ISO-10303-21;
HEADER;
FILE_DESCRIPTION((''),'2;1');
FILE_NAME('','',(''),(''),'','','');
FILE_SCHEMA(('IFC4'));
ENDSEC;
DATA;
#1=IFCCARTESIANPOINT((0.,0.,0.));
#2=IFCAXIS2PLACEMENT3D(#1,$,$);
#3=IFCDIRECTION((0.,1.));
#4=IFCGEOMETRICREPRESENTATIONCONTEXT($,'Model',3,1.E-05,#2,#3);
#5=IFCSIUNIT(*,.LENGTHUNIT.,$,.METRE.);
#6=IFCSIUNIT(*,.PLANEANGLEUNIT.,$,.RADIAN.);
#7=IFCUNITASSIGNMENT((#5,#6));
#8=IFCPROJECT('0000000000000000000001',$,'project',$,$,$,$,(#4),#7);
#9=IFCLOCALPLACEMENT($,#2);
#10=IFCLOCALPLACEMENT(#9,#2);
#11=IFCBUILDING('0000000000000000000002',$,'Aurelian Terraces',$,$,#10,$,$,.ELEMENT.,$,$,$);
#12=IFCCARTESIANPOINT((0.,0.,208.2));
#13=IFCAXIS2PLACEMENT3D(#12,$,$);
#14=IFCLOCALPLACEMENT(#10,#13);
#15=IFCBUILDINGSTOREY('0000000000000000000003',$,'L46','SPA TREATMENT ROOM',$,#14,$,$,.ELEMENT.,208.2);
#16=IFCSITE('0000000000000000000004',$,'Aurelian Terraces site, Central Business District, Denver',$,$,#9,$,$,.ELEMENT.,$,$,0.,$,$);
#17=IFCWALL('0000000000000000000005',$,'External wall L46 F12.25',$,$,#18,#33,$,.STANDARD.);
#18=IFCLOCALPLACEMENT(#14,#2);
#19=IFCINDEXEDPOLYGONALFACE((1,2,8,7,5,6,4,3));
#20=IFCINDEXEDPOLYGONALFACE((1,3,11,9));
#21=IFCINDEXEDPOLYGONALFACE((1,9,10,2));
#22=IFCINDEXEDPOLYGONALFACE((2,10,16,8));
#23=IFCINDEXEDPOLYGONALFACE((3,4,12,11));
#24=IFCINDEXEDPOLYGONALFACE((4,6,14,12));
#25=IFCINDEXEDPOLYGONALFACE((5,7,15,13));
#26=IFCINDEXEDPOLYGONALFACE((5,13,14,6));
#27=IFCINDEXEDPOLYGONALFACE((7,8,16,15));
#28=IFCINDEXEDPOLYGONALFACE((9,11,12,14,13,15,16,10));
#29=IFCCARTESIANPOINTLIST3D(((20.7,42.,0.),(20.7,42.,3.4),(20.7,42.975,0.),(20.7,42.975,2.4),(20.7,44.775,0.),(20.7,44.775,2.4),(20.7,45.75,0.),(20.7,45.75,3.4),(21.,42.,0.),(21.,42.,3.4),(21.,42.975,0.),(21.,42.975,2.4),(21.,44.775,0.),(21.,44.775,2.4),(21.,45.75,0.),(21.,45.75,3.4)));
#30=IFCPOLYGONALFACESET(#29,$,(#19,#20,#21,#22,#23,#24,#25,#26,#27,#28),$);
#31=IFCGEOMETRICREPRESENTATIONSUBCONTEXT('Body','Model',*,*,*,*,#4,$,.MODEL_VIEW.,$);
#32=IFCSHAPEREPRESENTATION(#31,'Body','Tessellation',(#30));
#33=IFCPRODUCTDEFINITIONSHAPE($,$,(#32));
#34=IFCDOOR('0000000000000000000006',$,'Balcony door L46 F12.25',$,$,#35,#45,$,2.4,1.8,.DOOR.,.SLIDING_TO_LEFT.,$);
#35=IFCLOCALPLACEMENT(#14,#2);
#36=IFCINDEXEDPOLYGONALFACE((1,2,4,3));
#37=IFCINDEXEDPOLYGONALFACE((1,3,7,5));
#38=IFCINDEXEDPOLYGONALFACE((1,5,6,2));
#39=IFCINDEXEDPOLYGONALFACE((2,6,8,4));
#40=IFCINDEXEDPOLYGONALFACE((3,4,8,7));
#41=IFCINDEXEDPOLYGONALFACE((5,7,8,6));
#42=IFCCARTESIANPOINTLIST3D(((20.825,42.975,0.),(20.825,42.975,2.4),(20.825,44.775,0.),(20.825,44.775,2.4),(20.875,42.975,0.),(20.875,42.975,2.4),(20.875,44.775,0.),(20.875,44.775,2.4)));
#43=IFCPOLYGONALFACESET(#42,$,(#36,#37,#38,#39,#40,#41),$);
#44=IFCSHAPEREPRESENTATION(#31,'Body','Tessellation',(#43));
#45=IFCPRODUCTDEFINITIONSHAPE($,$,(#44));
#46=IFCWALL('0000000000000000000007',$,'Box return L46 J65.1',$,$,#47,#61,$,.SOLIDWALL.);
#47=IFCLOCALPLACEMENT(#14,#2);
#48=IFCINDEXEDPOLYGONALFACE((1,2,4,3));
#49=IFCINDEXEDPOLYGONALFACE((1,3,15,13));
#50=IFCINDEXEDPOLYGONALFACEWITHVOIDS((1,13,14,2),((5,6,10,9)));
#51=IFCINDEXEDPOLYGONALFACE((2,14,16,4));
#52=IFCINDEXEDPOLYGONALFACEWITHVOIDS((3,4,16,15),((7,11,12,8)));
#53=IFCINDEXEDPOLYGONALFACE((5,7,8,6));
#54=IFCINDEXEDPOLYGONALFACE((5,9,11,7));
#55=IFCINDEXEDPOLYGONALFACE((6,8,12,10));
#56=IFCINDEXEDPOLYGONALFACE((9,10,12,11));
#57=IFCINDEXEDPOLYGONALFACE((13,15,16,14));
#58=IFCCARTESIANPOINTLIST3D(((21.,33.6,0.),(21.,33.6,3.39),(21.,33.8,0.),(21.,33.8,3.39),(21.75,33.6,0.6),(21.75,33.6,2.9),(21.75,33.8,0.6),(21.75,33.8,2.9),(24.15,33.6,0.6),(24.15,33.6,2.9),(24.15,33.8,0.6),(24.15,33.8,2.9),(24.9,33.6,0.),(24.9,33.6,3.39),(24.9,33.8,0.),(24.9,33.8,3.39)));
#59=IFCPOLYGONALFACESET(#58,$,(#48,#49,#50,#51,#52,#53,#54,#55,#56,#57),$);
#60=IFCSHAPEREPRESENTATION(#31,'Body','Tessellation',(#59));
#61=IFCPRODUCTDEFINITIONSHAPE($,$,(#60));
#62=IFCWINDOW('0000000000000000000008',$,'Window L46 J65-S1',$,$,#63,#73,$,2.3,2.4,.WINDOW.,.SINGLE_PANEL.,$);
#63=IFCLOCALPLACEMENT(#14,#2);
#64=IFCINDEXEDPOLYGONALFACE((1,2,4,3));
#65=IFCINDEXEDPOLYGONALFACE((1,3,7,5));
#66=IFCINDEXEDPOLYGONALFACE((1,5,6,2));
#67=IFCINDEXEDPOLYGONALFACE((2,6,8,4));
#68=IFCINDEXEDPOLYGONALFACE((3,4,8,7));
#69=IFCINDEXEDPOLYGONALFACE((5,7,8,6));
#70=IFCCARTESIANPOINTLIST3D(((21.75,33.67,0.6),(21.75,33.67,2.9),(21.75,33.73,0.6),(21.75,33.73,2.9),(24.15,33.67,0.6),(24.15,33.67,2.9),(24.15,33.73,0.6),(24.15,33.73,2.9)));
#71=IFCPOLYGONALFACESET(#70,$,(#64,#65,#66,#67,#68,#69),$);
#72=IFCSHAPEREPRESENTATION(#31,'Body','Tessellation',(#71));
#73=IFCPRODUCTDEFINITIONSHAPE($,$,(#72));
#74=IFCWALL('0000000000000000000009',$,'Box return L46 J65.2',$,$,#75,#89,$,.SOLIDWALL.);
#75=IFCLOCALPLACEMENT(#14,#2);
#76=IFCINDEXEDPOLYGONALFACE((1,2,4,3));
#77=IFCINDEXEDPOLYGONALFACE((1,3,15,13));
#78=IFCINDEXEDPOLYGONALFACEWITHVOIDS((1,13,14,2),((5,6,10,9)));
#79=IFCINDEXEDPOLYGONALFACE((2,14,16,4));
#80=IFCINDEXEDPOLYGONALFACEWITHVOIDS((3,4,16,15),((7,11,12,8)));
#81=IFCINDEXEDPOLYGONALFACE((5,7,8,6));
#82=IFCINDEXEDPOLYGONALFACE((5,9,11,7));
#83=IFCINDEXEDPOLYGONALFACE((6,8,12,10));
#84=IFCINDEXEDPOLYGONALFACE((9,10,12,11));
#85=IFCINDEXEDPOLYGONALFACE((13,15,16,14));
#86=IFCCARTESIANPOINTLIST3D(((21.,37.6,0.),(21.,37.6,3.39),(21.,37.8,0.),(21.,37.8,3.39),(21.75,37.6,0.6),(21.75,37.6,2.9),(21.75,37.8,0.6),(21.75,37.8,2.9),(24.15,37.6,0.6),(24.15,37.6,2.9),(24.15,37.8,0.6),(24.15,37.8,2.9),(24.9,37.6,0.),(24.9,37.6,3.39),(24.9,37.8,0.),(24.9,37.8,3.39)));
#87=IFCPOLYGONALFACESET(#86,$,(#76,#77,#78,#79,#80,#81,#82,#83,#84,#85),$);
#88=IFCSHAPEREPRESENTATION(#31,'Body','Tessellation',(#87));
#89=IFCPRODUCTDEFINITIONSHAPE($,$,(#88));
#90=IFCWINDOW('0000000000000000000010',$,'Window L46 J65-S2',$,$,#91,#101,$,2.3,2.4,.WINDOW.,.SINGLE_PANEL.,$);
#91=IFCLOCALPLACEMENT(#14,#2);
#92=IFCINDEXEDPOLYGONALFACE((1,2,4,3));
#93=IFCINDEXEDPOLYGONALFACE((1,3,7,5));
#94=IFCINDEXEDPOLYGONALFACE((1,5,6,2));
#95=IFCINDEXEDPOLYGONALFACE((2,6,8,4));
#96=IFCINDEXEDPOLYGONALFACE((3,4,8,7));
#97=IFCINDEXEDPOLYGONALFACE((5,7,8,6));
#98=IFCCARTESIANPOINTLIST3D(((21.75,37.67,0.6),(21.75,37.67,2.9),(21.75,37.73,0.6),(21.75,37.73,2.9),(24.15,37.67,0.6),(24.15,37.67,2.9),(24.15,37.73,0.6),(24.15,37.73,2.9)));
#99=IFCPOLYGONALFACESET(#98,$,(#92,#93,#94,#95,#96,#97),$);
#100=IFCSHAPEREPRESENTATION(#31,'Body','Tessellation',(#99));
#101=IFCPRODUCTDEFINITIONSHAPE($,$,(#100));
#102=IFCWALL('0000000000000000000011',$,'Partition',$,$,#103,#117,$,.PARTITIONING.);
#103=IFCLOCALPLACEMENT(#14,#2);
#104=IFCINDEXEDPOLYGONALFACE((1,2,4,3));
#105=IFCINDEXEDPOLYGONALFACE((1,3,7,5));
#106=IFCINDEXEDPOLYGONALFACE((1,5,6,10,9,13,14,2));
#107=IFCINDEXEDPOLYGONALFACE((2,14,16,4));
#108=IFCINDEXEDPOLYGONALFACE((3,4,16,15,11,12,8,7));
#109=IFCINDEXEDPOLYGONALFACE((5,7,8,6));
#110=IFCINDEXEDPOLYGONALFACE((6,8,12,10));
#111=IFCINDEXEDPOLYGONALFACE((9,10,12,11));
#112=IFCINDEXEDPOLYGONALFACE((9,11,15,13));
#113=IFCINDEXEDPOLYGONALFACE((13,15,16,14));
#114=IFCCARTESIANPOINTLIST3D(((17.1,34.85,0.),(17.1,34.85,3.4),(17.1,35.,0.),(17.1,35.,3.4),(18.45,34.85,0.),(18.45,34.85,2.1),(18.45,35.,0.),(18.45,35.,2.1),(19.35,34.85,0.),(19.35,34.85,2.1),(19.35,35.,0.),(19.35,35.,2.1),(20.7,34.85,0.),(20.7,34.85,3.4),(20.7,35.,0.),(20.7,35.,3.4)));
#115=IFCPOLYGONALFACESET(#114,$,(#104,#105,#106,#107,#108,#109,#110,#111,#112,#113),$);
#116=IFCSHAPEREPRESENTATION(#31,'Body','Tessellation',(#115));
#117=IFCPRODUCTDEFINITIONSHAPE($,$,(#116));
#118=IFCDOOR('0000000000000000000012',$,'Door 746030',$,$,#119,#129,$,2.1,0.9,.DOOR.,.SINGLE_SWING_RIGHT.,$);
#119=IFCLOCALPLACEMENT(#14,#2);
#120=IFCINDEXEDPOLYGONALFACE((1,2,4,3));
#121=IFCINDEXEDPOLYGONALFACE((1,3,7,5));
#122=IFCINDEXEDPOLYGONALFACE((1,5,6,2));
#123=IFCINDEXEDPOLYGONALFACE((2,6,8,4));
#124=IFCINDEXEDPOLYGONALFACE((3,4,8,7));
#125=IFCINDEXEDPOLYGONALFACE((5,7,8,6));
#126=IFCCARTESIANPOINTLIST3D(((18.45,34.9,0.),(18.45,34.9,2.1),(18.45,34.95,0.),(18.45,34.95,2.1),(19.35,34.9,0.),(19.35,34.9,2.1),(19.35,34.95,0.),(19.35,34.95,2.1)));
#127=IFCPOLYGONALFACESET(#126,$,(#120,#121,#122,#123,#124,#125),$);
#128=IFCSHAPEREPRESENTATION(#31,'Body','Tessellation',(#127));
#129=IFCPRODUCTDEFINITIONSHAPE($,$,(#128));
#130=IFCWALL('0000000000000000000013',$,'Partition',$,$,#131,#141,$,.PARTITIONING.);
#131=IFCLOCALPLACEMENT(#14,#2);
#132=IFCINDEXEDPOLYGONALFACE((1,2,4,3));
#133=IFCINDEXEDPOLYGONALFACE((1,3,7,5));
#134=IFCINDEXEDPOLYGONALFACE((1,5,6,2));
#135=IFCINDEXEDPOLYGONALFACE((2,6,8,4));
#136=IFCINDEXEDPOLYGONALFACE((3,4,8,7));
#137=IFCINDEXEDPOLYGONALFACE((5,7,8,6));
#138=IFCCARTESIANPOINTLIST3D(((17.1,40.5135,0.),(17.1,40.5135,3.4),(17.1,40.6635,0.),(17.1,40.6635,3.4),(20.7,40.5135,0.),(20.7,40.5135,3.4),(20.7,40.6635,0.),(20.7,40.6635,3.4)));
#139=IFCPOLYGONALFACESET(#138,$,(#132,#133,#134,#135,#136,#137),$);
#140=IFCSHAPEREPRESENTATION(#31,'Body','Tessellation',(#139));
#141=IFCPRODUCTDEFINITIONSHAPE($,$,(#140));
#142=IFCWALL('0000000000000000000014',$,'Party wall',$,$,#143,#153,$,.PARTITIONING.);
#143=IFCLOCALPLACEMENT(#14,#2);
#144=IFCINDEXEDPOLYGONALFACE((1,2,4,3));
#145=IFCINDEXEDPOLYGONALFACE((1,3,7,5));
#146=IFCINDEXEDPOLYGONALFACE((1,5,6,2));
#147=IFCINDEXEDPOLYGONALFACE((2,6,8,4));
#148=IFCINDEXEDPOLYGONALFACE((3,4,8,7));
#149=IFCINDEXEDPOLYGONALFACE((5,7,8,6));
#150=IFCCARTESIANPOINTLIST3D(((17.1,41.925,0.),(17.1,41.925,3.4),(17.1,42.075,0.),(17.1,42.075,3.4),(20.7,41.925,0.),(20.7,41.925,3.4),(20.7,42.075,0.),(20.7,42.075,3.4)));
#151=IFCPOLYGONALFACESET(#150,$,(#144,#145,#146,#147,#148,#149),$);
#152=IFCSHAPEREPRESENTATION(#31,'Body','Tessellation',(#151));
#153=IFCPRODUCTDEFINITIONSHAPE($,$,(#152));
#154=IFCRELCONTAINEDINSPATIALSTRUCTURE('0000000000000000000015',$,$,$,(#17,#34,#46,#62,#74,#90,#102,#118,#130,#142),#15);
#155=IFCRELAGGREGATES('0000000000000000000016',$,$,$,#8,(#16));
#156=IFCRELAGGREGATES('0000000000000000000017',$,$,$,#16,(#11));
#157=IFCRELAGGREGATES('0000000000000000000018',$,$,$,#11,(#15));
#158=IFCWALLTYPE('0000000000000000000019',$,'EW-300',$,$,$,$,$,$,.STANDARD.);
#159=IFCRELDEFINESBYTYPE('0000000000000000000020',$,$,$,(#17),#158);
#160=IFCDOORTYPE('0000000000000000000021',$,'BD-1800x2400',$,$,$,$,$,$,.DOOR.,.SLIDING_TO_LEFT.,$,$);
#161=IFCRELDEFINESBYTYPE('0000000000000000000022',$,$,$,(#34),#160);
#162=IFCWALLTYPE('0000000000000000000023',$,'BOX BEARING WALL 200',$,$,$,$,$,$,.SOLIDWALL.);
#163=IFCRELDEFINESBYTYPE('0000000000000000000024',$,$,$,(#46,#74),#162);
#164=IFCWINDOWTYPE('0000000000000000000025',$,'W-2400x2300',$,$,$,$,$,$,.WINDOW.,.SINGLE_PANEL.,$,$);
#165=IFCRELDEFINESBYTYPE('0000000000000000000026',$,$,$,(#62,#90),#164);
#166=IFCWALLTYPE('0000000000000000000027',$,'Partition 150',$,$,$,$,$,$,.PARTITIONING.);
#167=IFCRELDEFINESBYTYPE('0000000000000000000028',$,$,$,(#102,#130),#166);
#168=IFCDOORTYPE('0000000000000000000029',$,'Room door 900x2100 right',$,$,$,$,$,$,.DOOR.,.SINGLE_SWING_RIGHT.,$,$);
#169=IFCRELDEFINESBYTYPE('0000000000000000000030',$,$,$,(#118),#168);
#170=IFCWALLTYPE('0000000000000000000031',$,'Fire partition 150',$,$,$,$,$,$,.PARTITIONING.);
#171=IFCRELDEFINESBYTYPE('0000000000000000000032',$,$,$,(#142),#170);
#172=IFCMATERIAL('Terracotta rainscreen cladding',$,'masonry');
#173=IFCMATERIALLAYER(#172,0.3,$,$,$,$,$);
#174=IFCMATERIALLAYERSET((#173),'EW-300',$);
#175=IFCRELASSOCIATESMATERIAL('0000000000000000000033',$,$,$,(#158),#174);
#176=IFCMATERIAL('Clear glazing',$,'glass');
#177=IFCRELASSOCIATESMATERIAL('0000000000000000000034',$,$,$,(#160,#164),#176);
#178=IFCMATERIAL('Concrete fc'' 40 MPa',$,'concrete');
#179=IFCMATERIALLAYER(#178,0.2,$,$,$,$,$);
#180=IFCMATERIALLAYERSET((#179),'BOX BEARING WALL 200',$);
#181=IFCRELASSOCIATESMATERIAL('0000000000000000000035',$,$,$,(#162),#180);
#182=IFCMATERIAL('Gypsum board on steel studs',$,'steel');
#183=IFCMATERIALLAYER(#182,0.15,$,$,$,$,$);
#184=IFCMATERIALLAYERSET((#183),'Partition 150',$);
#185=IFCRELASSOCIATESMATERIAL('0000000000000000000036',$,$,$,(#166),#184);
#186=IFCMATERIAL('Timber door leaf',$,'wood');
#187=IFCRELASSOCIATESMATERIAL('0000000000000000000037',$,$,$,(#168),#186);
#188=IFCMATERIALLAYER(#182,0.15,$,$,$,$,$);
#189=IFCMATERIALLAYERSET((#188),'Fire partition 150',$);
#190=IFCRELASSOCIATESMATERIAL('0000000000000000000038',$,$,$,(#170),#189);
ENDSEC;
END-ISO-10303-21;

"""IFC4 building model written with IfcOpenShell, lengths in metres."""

from ifc_helpers import new_model, si_unit, direction, frame, frame_2d, origin, place, context, subcontext, project, spatial, rectangle, extrude, source, transform, mapped, material, layer, layer_set, type_object, element, fill, save


model = new_model("IFC4")

# Units and contexts
model_context = context("Model", 3, precision=1e-05, world=origin(), true_north=direction((0.0, 1.0)))
body_context = subcontext(model_context, "Body", "Model", "MODEL_VIEW")
ifc_project = project(units=[si_unit("LENGTHUNIT", "METRE"), si_unit("PLANEANGLEUNIT", "RADIAN")], contexts=[model_context])

# Site, building, storey
site_placement = place(None, origin())
site = spatial("IfcSite", under=ifc_project, at=site_placement, Name="Aurelian Terraces site, Central Business District, Denver", CompositionType="ELEMENT", RefElevation=0.0)
building_placement = place(site_placement, origin())
building = spatial("IfcBuilding", under=site, at=building_placement, Name="Aurelian Terraces", CompositionType="ELEMENT")
storey_placement = place(building_placement, frame((0.0, 0.0, 208.2)))
storey = spatial("IfcBuildingStorey", under=building, at=storey_placement, Name="L46", Description="SPA TREATMENT ROOM", CompositionType="ELEMENT", Elevation=208.2)

# Shared definitions
ifc_material_1 = material(Name="Terracotta rainscreen cladding", Category="masonry")
ifc_layer_1 = layer(ifc_material_1, 0.3)
ifc_layer_set_1 = layer_set([ifc_layer_1], Name="EW-300")
wall_type_1 = type_object("IfcWallType", Name="EW-300", PredefinedType="STANDARD", material=ifc_layer_set_1)
ifc_material_2 = material(Name="Clear glazing", Category="glass")

# Shared definitions
ifc_material_3 = material(Name="Timber door leaf", Category="wood")

# Shared definitions
shared_shape_1 = source(origin(), body_context, "Body", "SweptSolid", [
    extrude(rectangle(XDim=3.75, YDim=0.3, at=frame_2d((1.875, 0.0))), origin(), (0.0, 0.0, 1.0), 3.4),
])

# Wall, opening, door
wall_1_placement = place(storey_placement, frame((20.85, 42.0, 0.0), z_axis=(0.0, 0.0, 1.0), x_axis=(0.0, 1.0, 0.0)))
wall_1 = element("IfcWall", 1, at=wall_1_placement, inside=storey, type_object=wall_type_1, Name="External wall L46 F12.25", PredefinedType="STANDARD", context=body_context, shape_type="MappedRepresentation", body=[
    mapped(shared_shape_1, transform((0.0, 0.0, 0.0), scale=1.0)),
])
shared_shape_2 = source(origin(), body_context, "Body", "SweptSolid", [
    extrude(rectangle(XDim=1.8, YDim=2.4, at=frame_2d((0.9, 1.2))), frame((0.0, 0.16, 0.0), z_axis=(0.0, -1.0, 0.0), x_axis=(1.0, 0.0, 0.0)), (0.0, 0.0, 1.0), 0.32),
])
opening_1_placement = place(wall_1_placement, frame((0.975, 0.0, 0.0)))
opening_1 = element("IfcOpeningElement", 2, at=opening_1_placement, cuts=wall_1, PredefinedType="OPENING", context=body_context, shape_type="MappedRepresentation", body=[
    mapped(shared_shape_2, transform((0.0, 0.0, 0.0), scale=1.0)),
])
door_type_1 = type_object("IfcDoorType", Name="BD-1800x2400", OperationType="SLIDING_TO_LEFT", PredefinedType="DOOR", material=ifc_material_2)
shared_shape_3 = source(origin(), body_context, "Body", "SweptSolid", [
    extrude(rectangle(XDim=1.8, YDim=2.4, at=frame_2d((0.9, 1.2))), frame((0.0, 0.025, 0.0), z_axis=(0.0, -1.0, 0.0), x_axis=(1.0, 0.0, 0.0)), (0.0, 0.0, 1.0), 0.05),
])
door_1_placement = place(opening_1_placement, origin())
door_1 = element("IfcDoor", 3, at=door_1_placement, inside=storey, type_object=door_type_1, Name="Balcony door L46 F12.25", OperationType="SLIDING_TO_LEFT", OverallHeight=2.4, OverallWidth=1.8, PredefinedType="DOOR", context=body_context, shape_type="MappedRepresentation", body=[
    mapped(shared_shape_3, transform((0.0, 0.0, 0.0), scale=1.0)),
])
fill(opening_1, door_1)

# Walls, openings, windows
ifc_material_4 = material(Name="Concrete fc' 40 MPa", Category="concrete")
ifc_layer_2 = layer(ifc_material_4, 0.2)
ifc_layer_set_2 = layer_set([ifc_layer_2], Name="BOX BEARING WALL 200")
wall_type_2 = type_object("IfcWallType", Name="BOX BEARING WALL 200", PredefinedType="SOLIDWALL", material=ifc_layer_set_2)
shared_shape_4 = source(origin(), body_context, "Body", "SweptSolid", [
    extrude(rectangle(XDim=3.9, YDim=0.2, at=frame_2d((1.95, 0.0))), origin(), (0.0, 0.0, 1.0), 3.39),
])
wall_2_placement = place(storey_placement, frame((21.0, 33.7, 0.0), z_axis=(0.0, 0.0, 1.0), x_axis=(1.0, 0.0, 0.0)))
wall_2 = element("IfcWall", 4, at=wall_2_placement, inside=storey, type_object=wall_type_2, Name="Box return L46 J65.1", PredefinedType="SOLIDWALL", context=body_context, shape_type="MappedRepresentation", body=[
    mapped(shared_shape_4, transform((0.0, 0.0, 0.0), scale=1.0)),
])
shared_shape_5 = source(origin(), body_context, "Body", "SweptSolid", [
    extrude(rectangle(XDim=2.4, YDim=2.3, at=frame_2d((1.2, 1.15))), frame((0.0, 0.11, 0.0), z_axis=(0.0, -1.0, 0.0), x_axis=(1.0, 0.0, 0.0)), (0.0, 0.0, 1.0), 0.22),
])
opening_2_placement = place(wall_2_placement, frame((0.75, 0.0, 0.6)))
opening_2 = element("IfcOpeningElement", 5, at=opening_2_placement, cuts=wall_2, PredefinedType="OPENING", context=body_context, shape_type="MappedRepresentation", body=[
    mapped(shared_shape_5, transform((0.0, 0.0, 0.0), scale=1.0)),
])
window_type_1 = type_object("IfcWindowType", Name="W-2400x2300", PartitioningType="SINGLE_PANEL", PredefinedType="WINDOW", material=ifc_material_2)
shared_shape_6 = source(origin(), body_context, "Body", "SweptSolid", [
    extrude(rectangle(XDim=2.4, YDim=2.3, at=frame_2d((1.2, 1.15))), frame((0.0, 0.03, 0.0), z_axis=(0.0, -1.0, 0.0), x_axis=(1.0, 0.0, 0.0)), (0.0, 0.0, 1.0), 0.06),
])
window_1_placement = place(opening_2_placement, origin())
window_1 = element("IfcWindow", 6, at=window_1_placement, inside=storey, type_object=window_type_1, Name="Window L46 J65-S1", OverallHeight=2.3, OverallWidth=2.4, PartitioningType="SINGLE_PANEL", PredefinedType="WINDOW", context=body_context, shape_type="MappedRepresentation", body=[
    mapped(shared_shape_6, transform((0.0, 0.0, 0.0), scale=1.0)),
])
fill(opening_2, window_1)
wall_3_placement = place(storey_placement, frame((21.0, 37.7, 0.0), z_axis=(0.0, 0.0, 1.0), x_axis=(1.0, 0.0, 0.0)))
wall_3 = element("IfcWall", 7, at=wall_3_placement, inside=storey, type_object=wall_type_2, Name="Box return L46 J65.2", PredefinedType="SOLIDWALL", context=body_context, shape_type="MappedRepresentation", body=[
    mapped(shared_shape_4, transform((0.0, 0.0, 0.0), scale=1.0)),
])
opening_3_placement = place(wall_3_placement, frame((0.75, 0.0, 0.6)))
opening_3 = element("IfcOpeningElement", 8, at=opening_3_placement, cuts=wall_3, PredefinedType="OPENING", context=body_context, shape_type="MappedRepresentation", body=[
    mapped(shared_shape_5, transform((0.0, 0.0, 0.0), scale=1.0)),
])
window_2_placement = place(opening_3_placement, origin())
window_2 = element("IfcWindow", 9, at=window_2_placement, inside=storey, type_object=window_type_1, Name="Window L46 J65-S2", OverallHeight=2.3, OverallWidth=2.4, PartitioningType="SINGLE_PANEL", PredefinedType="WINDOW", context=body_context, shape_type="MappedRepresentation", body=[
    mapped(shared_shape_6, transform((0.0, 0.0, 0.0), scale=1.0)),
])
fill(opening_3, window_2)

# Wall, opening, door
ifc_material_5 = material(Name="Gypsum board on steel studs", Category="steel")
ifc_layer_3 = layer(ifc_material_5, 0.15)
ifc_layer_set_3 = layer_set([ifc_layer_3], Name="Partition 150")
wall_type_3 = type_object("IfcWallType", Name="Partition 150", PredefinedType="PARTITIONING", material=ifc_layer_set_3)
shared_shape_7 = source(origin(), body_context, "Body", "SweptSolid", [
    extrude(rectangle(XDim=3.6, YDim=0.15, at=frame_2d((1.8, 0.0))), origin(), (0.0, 0.0, 1.0), 3.4),
])
wall_4_placement = place(storey_placement, frame((17.1, 34.925, 0.0), z_axis=(0.0, 0.0, 1.0), x_axis=(1.0, 0.0, 0.0)))
wall_4 = element("IfcWall", 10, at=wall_4_placement, inside=storey, type_object=wall_type_3, Name="Partition", PredefinedType="PARTITIONING", context=body_context, shape_type="MappedRepresentation", body=[
    mapped(shared_shape_7, transform((0.0, 0.0, 0.0), scale=1.0)),
])
shared_shape_8 = source(origin(), body_context, "Body", "SweptSolid", [
    extrude(rectangle(XDim=0.9, YDim=2.1, at=frame_2d((0.45, 1.05))), frame((0.0, 0.085, 0.0), z_axis=(0.0, -1.0, 0.0), x_axis=(1.0, 0.0, 0.0)), (0.0, 0.0, 1.0), 0.17),
])
opening_4_placement = place(wall_4_placement, frame((1.35, 0.0, 0.0)))
opening_4 = element("IfcOpeningElement", 11, at=opening_4_placement, cuts=wall_4, PredefinedType="OPENING", context=body_context, shape_type="MappedRepresentation", body=[
    mapped(shared_shape_8, transform((0.0, 0.0, 0.0), scale=1.0)),
])
door_type_2 = type_object("IfcDoorType", Name="Room door 900x2100 right", OperationType="SINGLE_SWING_RIGHT", PredefinedType="DOOR", material=ifc_material_3)
shared_shape_9 = source(origin(), body_context, "Body", "SweptSolid", [
    extrude(rectangle(XDim=0.9, YDim=2.1, at=frame_2d((0.45, 1.05))), frame((0.0, 0.025, 0.0), z_axis=(0.0, -1.0, 0.0), x_axis=(1.0, 0.0, 0.0)), (0.0, 0.0, 1.0), 0.05),
])
door_2_placement = place(opening_4_placement, origin())
door_2 = element("IfcDoor", 12, at=door_2_placement, inside=storey, type_object=door_type_2, Name="Door 746030", OperationType="SINGLE_SWING_RIGHT", OverallHeight=2.1, OverallWidth=0.9, PredefinedType="DOOR", context=body_context, shape_type="MappedRepresentation", body=[
    mapped(shared_shape_9, transform((0.0, 0.0, 0.0), scale=1.0)),
])
fill(opening_4, door_2)

# Walls
wall_5_placement = place(storey_placement, frame((17.1, 40.5885, 0.0), z_axis=(0.0, 0.0, 1.0), x_axis=(1.0, 0.0, 0.0)))
element("IfcWall", 13, at=wall_5_placement, inside=storey, type_object=wall_type_3, Name="Partition", PredefinedType="PARTITIONING", context=body_context, shape_type="MappedRepresentation", body=[
    mapped(shared_shape_7, transform((0.0, 0.0, 0.0), scale=1.0)),
])
ifc_layer_4 = layer(ifc_material_5, 0.15)
ifc_layer_set_4 = layer_set([ifc_layer_4], Name="Fire partition 150")
wall_type_4 = type_object("IfcWallType", Name="Fire partition 150", PredefinedType="PARTITIONING", material=ifc_layer_set_4)
wall_6_placement = place(storey_placement, frame((20.7, 42.0, 0.0), z_axis=(0.0, 0.0, 1.0), x_axis=(-1.0, 0.0, 0.0)))
element("IfcWall", 14, at=wall_6_placement, inside=storey, type_object=wall_type_4, Name="Party wall", PredefinedType="PARTITIONING", context=body_context, shape_type="MappedRepresentation", body=[
    mapped(shared_shape_7, transform((0.0, 0.0, 0.0), scale=1.0)),
])

save(model, "model.ifc")
